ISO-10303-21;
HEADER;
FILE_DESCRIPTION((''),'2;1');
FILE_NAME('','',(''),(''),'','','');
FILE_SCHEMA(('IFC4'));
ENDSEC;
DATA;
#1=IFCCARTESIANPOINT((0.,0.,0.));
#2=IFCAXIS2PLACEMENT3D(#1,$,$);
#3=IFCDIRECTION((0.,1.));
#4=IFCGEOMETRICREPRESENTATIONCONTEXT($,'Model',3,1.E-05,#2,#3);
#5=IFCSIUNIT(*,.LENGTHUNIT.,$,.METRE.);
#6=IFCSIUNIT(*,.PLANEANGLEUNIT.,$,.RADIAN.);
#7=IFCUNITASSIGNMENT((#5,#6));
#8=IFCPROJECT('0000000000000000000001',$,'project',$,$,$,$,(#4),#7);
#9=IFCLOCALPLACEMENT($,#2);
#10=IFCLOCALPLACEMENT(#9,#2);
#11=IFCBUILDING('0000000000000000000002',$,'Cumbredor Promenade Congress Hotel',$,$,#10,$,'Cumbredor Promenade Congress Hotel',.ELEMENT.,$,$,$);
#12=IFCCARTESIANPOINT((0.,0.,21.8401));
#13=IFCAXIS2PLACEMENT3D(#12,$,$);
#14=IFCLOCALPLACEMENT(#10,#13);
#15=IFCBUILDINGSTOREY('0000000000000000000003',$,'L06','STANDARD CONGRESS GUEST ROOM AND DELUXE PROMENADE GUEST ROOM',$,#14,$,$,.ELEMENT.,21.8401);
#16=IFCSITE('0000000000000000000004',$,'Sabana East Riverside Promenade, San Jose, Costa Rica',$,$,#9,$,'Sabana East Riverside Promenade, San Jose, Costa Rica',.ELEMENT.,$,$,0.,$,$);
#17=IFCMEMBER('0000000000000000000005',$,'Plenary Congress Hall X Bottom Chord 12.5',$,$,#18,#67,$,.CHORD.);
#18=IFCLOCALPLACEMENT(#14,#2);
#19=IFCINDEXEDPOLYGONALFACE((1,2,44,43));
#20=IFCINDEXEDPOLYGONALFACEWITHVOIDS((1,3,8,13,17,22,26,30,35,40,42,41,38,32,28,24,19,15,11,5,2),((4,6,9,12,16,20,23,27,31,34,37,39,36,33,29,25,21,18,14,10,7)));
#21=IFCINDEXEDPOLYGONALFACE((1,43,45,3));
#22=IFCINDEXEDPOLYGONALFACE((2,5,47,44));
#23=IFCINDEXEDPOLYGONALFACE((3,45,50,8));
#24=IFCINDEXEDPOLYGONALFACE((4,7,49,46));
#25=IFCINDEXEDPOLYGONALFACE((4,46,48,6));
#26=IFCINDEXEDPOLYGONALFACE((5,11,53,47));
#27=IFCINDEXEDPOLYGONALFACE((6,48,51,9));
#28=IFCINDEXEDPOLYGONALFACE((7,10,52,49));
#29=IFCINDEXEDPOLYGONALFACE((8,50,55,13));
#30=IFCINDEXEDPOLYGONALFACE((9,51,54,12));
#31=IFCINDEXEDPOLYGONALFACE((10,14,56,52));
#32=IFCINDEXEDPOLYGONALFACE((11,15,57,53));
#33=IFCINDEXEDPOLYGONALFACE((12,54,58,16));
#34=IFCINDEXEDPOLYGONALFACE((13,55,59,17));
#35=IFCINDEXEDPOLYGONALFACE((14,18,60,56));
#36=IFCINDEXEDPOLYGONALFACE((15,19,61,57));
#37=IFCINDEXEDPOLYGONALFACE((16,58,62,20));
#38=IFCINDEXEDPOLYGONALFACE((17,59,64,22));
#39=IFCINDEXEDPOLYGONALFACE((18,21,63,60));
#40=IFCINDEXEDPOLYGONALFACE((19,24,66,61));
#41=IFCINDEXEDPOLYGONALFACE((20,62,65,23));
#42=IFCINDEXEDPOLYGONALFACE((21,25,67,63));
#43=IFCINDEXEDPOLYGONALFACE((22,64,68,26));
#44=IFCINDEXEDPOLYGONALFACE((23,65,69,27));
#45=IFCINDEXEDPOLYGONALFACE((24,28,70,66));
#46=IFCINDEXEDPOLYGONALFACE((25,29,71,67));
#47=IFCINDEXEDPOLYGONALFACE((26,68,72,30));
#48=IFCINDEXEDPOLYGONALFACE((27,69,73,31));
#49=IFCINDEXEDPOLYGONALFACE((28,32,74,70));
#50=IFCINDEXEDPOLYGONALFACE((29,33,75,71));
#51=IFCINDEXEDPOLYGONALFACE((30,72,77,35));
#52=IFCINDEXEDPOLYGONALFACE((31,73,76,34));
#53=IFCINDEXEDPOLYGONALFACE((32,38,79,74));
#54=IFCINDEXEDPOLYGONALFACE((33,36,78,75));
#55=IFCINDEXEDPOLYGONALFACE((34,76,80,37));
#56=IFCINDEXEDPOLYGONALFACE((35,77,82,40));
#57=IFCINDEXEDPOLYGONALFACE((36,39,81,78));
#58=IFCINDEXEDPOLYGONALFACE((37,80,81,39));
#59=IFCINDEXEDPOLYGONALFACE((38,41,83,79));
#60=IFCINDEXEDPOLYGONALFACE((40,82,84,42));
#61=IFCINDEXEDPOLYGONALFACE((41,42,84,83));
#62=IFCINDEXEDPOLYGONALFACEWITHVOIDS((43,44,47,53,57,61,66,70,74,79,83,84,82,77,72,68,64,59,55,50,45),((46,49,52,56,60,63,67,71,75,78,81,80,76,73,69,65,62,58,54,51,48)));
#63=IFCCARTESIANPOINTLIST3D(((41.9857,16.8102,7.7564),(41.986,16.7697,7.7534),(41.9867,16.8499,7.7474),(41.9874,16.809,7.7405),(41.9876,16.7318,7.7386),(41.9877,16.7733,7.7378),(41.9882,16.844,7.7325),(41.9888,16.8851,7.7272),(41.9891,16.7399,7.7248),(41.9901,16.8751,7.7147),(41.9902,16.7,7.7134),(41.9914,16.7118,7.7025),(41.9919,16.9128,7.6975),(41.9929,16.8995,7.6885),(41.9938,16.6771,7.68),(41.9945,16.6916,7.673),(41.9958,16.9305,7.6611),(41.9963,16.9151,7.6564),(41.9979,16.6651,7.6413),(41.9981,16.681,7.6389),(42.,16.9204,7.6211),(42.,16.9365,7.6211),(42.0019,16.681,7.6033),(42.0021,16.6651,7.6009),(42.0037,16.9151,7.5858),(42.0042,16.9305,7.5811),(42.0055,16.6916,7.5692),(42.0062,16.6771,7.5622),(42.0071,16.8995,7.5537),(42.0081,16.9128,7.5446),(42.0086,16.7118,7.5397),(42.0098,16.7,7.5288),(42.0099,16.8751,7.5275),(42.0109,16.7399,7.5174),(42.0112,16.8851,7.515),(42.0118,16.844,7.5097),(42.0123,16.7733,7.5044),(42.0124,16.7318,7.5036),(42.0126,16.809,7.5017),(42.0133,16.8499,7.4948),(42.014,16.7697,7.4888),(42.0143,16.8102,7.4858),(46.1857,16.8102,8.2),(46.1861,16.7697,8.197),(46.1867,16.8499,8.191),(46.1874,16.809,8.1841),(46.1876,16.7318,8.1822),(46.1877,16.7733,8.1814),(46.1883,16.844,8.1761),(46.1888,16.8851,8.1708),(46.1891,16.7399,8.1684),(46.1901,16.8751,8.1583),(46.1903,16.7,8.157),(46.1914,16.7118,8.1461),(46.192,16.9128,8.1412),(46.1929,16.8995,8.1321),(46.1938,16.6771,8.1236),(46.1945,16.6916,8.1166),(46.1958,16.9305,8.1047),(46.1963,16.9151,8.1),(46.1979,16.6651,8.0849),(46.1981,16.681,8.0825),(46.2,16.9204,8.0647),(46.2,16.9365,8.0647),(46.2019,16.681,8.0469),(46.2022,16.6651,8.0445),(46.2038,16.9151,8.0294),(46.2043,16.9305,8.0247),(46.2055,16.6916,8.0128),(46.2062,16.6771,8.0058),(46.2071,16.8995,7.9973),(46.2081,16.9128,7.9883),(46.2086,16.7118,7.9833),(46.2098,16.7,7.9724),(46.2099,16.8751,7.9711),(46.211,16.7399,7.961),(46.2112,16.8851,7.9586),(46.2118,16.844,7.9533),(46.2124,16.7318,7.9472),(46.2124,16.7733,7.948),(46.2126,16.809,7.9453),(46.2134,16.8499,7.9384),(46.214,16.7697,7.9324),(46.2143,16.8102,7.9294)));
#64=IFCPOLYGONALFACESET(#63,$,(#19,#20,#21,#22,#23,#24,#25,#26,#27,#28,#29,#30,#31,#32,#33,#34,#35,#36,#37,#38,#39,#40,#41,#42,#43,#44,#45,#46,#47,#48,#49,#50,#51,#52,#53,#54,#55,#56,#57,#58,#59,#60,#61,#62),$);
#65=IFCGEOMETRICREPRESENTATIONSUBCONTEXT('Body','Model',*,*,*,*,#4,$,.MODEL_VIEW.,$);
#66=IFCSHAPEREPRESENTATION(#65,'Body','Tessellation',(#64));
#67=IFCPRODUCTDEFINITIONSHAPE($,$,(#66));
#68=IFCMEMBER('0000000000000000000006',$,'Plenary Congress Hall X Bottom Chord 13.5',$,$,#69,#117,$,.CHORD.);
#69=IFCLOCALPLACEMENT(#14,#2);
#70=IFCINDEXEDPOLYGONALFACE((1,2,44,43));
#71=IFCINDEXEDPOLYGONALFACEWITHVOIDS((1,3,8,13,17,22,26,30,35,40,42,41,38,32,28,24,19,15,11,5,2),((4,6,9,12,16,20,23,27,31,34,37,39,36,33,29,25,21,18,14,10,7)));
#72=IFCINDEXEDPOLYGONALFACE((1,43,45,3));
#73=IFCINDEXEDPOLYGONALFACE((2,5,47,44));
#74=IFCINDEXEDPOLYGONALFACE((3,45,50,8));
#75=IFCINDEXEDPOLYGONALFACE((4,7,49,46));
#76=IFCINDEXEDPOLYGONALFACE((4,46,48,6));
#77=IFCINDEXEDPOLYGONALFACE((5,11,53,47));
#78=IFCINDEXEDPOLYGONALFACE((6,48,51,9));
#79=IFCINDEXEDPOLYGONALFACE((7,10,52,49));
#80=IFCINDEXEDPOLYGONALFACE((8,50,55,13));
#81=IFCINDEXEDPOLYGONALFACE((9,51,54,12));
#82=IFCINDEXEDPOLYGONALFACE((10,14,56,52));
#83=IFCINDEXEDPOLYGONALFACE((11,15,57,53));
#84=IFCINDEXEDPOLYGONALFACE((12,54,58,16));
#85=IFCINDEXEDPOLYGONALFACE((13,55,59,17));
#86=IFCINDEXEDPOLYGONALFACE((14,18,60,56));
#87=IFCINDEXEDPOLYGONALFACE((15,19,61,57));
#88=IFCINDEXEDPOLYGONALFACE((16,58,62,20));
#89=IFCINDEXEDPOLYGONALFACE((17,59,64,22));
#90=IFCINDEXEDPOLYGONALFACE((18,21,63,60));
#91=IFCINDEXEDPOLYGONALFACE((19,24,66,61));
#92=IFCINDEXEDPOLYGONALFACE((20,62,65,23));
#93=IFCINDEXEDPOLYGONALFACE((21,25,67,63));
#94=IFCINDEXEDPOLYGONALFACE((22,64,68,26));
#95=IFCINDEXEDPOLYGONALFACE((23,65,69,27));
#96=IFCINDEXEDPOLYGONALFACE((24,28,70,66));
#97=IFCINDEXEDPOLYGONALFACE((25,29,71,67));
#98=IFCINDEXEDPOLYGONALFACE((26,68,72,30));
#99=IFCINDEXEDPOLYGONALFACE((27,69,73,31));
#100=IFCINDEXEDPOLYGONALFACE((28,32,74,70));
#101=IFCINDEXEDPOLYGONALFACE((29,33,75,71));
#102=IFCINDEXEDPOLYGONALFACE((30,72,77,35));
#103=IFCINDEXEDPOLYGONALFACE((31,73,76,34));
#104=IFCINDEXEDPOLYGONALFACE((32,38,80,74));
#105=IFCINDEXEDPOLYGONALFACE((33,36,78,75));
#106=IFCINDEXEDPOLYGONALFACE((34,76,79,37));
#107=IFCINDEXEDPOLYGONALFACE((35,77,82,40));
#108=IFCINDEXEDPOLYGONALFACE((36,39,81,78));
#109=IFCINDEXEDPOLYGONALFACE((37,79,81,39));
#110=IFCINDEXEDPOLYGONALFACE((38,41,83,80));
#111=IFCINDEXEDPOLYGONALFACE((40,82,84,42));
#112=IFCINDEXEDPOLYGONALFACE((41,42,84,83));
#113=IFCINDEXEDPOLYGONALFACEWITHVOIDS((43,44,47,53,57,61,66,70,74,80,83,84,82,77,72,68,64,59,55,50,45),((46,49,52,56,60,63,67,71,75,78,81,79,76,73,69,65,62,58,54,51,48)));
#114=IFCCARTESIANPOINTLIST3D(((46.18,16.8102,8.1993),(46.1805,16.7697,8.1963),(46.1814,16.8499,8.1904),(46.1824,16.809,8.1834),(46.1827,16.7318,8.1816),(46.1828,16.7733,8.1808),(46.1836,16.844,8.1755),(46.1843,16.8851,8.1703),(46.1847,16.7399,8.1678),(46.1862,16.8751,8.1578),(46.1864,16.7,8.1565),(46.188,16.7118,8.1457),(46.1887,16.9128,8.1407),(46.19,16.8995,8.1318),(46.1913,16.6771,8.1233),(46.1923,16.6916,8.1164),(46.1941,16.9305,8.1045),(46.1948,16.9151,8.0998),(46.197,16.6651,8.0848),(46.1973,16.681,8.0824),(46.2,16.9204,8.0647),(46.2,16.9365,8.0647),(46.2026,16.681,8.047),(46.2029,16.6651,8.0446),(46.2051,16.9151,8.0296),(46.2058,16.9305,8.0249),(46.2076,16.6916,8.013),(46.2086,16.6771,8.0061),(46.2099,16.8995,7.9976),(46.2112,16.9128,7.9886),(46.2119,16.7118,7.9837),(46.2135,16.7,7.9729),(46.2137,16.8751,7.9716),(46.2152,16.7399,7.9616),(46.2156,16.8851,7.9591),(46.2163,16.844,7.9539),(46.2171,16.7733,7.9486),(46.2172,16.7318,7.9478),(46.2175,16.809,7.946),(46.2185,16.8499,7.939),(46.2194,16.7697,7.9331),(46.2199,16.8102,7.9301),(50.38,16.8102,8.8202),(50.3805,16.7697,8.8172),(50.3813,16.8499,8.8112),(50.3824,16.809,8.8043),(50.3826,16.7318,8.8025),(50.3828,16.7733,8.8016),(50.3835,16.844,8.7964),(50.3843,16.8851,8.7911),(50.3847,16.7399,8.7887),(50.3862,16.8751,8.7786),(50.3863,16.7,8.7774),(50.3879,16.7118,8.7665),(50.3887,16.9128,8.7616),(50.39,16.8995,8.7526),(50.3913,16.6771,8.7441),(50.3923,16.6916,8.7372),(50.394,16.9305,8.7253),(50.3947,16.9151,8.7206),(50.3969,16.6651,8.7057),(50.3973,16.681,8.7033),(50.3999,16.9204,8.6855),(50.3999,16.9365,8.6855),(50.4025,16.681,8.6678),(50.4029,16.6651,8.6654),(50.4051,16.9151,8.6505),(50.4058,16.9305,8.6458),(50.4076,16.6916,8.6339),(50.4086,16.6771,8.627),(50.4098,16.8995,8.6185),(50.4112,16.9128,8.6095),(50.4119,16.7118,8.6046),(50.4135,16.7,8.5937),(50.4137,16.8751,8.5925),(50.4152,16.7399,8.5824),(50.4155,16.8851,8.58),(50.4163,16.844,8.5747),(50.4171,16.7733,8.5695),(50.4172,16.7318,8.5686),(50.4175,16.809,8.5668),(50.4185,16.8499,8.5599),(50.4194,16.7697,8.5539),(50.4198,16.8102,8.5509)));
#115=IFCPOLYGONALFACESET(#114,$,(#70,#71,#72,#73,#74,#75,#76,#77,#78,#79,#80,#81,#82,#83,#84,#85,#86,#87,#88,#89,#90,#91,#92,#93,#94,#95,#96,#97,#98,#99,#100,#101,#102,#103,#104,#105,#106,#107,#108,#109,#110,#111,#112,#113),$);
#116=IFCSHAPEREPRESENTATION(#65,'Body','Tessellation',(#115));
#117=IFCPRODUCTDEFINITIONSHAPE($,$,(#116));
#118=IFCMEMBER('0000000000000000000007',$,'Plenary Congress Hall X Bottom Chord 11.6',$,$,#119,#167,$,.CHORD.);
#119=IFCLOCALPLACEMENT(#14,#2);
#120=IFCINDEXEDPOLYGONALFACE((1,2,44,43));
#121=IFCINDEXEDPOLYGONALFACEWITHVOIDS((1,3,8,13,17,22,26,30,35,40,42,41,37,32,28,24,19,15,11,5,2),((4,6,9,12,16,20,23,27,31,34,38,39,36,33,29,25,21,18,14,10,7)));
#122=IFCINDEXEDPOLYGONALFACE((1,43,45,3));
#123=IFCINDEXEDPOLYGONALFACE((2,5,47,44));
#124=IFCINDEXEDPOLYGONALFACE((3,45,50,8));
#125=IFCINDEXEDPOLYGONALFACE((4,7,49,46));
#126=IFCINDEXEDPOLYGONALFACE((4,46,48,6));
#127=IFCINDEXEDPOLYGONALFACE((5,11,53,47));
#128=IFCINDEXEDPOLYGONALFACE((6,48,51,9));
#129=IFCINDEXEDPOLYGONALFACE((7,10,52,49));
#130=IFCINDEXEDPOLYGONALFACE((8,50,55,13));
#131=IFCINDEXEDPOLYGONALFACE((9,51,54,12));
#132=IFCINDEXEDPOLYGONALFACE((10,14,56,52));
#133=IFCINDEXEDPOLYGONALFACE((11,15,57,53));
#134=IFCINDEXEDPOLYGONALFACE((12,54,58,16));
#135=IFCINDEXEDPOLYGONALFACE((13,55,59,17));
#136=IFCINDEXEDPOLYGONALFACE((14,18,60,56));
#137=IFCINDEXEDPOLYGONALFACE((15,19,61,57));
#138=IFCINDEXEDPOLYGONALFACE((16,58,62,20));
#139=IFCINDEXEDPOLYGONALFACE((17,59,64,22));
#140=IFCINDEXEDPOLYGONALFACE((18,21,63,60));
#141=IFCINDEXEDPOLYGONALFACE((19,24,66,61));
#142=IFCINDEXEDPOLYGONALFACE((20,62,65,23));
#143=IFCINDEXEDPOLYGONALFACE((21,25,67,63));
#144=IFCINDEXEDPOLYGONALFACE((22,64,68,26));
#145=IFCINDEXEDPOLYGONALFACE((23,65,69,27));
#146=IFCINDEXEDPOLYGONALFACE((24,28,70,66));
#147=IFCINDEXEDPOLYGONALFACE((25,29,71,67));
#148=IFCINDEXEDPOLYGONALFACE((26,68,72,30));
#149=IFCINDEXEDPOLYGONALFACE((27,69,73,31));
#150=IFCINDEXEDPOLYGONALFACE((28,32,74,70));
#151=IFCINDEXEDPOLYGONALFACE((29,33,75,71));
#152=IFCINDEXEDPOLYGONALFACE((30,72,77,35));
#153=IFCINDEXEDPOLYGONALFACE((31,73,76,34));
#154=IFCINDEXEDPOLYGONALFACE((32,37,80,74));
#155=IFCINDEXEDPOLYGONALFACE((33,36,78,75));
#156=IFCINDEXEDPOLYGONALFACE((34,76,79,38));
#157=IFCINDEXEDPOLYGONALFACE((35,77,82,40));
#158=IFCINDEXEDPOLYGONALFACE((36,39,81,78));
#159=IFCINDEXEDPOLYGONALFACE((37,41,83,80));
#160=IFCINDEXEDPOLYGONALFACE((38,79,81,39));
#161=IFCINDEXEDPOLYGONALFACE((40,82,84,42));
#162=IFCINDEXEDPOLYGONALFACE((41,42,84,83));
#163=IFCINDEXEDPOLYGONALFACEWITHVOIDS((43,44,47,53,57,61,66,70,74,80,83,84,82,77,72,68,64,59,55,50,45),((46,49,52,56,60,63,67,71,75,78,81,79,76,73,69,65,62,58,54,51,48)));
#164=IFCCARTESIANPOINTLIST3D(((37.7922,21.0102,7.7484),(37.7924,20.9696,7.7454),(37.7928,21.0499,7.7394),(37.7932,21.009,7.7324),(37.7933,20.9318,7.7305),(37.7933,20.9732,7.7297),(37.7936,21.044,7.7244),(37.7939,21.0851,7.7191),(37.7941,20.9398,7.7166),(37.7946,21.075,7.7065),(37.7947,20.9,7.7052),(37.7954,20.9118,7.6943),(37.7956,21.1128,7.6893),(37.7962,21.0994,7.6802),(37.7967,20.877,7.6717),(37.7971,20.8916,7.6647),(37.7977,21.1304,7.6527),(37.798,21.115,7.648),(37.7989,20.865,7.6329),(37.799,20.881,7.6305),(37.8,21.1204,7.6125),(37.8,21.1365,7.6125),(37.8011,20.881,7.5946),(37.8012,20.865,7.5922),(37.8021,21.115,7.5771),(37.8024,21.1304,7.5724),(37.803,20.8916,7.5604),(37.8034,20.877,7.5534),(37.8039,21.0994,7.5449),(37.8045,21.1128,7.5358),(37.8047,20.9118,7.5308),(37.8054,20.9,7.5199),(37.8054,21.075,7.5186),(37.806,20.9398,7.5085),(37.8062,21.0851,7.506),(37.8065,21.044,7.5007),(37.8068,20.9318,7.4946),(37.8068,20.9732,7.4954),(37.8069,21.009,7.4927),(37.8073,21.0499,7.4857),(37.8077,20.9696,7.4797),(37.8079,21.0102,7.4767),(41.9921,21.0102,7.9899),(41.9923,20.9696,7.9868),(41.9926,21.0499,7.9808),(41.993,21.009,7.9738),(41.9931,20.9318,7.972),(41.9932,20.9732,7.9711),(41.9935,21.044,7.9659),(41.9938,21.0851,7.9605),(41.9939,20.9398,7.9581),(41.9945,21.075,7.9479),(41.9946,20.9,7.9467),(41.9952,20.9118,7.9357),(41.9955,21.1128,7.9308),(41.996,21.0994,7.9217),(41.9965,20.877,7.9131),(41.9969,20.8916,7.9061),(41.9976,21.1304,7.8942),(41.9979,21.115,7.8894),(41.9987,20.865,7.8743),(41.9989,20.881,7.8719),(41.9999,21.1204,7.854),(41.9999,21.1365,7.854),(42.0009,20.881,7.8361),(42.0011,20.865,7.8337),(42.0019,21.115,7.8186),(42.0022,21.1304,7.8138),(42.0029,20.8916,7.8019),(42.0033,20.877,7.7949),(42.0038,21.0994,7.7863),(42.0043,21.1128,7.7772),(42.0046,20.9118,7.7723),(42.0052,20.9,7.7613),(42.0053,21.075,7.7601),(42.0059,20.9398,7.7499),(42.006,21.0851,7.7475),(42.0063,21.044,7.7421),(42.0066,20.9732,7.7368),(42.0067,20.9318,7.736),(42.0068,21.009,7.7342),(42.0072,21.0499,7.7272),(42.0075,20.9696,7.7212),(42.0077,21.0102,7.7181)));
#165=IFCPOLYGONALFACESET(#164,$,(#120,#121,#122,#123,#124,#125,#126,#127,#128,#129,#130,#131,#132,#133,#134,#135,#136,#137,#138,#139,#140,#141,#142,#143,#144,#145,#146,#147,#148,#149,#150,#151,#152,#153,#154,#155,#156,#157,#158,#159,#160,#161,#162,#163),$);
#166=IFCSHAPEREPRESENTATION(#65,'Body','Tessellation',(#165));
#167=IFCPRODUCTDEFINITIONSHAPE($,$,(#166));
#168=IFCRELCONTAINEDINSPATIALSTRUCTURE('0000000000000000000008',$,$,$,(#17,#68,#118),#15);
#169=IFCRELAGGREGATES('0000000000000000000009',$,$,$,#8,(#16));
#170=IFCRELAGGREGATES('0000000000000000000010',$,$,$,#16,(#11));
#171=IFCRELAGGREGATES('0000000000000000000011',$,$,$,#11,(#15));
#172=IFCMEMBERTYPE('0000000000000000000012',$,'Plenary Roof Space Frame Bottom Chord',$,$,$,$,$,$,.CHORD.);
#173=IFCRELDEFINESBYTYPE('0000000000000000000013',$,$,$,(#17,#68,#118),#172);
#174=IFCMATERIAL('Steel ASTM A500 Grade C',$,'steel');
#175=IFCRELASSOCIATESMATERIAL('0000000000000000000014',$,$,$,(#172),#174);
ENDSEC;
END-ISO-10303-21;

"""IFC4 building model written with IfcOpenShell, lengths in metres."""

from ifc_helpers import new_model, si_unit, direction, frame, origin, origin_2d, place, context, subcontext, project, spatial, hollow_circle, extrude, material, material_profile, profile_set, type_object, element, save


model = new_model("IFC4")

# Units and contexts
model_context = context("Model", 3, precision=1e-05, world=origin(), true_north=direction((0.0, 1.0)))
body_context = subcontext(model_context, "Body", "Model", "MODEL_VIEW")
ifc_project = project(units=[si_unit("LENGTHUNIT", "METRE"), si_unit("PLANEANGLEUNIT", "RADIAN")], contexts=[model_context])

# Site, building, storey
site_placement = place(None, origin())
site = spatial("IfcSite", under=ifc_project, at=site_placement, Name="Sabana East Riverside Promenade, San Jose, Costa Rica", LongName="Sabana East Riverside Promenade, San Jose, Costa Rica", CompositionType="ELEMENT", RefElevation=0.0)
building_placement = place(site_placement, origin())
building = spatial("IfcBuilding", under=site, at=building_placement, Name="Cumbredor Promenade Congress Hotel", LongName="Cumbredor Promenade Congress Hotel", CompositionType="ELEMENT")
storey_placement = place(building_placement, frame((0.0, 0.0, 21.8401)))
storey = spatial("IfcBuildingStorey", under=building, at=storey_placement, Name="L06", Description="STANDARD CONGRESS GUEST ROOM AND DELUXE PROMENADE GUEST ROOM", CompositionType="ELEMENT", Elevation=21.8401)

# Members
ifc_material_1 = material(Name="Steel ASTM A500 Grade C", Category="steel")
ifc_material_profile_1 = material_profile(ifc_material_1, hollow_circle(Radius=0.1365, WallThickness=0.0161, at=origin_2d()), Name="CHS 273.0x16")
ifc_profile_set_1 = profile_set([ifc_material_profile_1], Name="Steel ASTM A500 Grade C")
member_type_1 = type_object("IfcMemberType", Name="Plenary Roof Space Frame Bottom Chord", PredefinedType="CHORD", material=ifc_profile_set_1)
member_1_placement = place(storey_placement, frame((42.0, 16.8, 7.6211), z_axis=(0.994468, 0.0, 0.105037), x_axis=(0.0, 1.0, 0.0)))
element("IfcMember", 1, at=member_1_placement, inside=storey, type_object=member_type_1, Name="Plenary Congress Hall X Bottom Chord 12.5", PredefinedType="CHORD", context=body_context, shape_type="SweptSolid", body=[
    extrude(hollow_circle(Radius=0.1365, WallThickness=0.0161, at=origin_2d()), origin(), (0.0, 0.0, 1.0), 4.2234),
])
member_2_placement = place(storey_placement, frame((46.2, 16.8, 8.0647), z_axis=(0.98925, 0.0, 0.146234), x_axis=(0.0, 1.0, 0.0)))
element("IfcMember", 2, at=member_2_placement, inside=storey, type_object=member_type_1, Name="Plenary Congress Hall X Bottom Chord 13.5", PredefinedType="CHORD", context=body_context, shape_type="SweptSolid", body=[
    extrude(hollow_circle(Radius=0.1365, WallThickness=0.0161, at=origin_2d()), origin(), (0.0, 0.0, 1.0), 4.2456),
])
member_3_placement = place(storey_placement, frame((37.8, 21.0, 7.6125), z_axis=(0.998352, 0.0, 0.057395), x_axis=(0.0, 1.0, 0.0)))
element("IfcMember", 3, at=member_3_placement, inside=storey, type_object=member_type_1, Name="Plenary Congress Hall X Bottom Chord 11.6", PredefinedType="CHORD", context=body_context, shape_type="SweptSolid", body=[
    extrude(hollow_circle(Radius=0.1365, WallThickness=0.0161, at=origin_2d()), origin(), (0.0, 0.0, 1.0), 4.2068),
])

save(model, "model.ifc")
